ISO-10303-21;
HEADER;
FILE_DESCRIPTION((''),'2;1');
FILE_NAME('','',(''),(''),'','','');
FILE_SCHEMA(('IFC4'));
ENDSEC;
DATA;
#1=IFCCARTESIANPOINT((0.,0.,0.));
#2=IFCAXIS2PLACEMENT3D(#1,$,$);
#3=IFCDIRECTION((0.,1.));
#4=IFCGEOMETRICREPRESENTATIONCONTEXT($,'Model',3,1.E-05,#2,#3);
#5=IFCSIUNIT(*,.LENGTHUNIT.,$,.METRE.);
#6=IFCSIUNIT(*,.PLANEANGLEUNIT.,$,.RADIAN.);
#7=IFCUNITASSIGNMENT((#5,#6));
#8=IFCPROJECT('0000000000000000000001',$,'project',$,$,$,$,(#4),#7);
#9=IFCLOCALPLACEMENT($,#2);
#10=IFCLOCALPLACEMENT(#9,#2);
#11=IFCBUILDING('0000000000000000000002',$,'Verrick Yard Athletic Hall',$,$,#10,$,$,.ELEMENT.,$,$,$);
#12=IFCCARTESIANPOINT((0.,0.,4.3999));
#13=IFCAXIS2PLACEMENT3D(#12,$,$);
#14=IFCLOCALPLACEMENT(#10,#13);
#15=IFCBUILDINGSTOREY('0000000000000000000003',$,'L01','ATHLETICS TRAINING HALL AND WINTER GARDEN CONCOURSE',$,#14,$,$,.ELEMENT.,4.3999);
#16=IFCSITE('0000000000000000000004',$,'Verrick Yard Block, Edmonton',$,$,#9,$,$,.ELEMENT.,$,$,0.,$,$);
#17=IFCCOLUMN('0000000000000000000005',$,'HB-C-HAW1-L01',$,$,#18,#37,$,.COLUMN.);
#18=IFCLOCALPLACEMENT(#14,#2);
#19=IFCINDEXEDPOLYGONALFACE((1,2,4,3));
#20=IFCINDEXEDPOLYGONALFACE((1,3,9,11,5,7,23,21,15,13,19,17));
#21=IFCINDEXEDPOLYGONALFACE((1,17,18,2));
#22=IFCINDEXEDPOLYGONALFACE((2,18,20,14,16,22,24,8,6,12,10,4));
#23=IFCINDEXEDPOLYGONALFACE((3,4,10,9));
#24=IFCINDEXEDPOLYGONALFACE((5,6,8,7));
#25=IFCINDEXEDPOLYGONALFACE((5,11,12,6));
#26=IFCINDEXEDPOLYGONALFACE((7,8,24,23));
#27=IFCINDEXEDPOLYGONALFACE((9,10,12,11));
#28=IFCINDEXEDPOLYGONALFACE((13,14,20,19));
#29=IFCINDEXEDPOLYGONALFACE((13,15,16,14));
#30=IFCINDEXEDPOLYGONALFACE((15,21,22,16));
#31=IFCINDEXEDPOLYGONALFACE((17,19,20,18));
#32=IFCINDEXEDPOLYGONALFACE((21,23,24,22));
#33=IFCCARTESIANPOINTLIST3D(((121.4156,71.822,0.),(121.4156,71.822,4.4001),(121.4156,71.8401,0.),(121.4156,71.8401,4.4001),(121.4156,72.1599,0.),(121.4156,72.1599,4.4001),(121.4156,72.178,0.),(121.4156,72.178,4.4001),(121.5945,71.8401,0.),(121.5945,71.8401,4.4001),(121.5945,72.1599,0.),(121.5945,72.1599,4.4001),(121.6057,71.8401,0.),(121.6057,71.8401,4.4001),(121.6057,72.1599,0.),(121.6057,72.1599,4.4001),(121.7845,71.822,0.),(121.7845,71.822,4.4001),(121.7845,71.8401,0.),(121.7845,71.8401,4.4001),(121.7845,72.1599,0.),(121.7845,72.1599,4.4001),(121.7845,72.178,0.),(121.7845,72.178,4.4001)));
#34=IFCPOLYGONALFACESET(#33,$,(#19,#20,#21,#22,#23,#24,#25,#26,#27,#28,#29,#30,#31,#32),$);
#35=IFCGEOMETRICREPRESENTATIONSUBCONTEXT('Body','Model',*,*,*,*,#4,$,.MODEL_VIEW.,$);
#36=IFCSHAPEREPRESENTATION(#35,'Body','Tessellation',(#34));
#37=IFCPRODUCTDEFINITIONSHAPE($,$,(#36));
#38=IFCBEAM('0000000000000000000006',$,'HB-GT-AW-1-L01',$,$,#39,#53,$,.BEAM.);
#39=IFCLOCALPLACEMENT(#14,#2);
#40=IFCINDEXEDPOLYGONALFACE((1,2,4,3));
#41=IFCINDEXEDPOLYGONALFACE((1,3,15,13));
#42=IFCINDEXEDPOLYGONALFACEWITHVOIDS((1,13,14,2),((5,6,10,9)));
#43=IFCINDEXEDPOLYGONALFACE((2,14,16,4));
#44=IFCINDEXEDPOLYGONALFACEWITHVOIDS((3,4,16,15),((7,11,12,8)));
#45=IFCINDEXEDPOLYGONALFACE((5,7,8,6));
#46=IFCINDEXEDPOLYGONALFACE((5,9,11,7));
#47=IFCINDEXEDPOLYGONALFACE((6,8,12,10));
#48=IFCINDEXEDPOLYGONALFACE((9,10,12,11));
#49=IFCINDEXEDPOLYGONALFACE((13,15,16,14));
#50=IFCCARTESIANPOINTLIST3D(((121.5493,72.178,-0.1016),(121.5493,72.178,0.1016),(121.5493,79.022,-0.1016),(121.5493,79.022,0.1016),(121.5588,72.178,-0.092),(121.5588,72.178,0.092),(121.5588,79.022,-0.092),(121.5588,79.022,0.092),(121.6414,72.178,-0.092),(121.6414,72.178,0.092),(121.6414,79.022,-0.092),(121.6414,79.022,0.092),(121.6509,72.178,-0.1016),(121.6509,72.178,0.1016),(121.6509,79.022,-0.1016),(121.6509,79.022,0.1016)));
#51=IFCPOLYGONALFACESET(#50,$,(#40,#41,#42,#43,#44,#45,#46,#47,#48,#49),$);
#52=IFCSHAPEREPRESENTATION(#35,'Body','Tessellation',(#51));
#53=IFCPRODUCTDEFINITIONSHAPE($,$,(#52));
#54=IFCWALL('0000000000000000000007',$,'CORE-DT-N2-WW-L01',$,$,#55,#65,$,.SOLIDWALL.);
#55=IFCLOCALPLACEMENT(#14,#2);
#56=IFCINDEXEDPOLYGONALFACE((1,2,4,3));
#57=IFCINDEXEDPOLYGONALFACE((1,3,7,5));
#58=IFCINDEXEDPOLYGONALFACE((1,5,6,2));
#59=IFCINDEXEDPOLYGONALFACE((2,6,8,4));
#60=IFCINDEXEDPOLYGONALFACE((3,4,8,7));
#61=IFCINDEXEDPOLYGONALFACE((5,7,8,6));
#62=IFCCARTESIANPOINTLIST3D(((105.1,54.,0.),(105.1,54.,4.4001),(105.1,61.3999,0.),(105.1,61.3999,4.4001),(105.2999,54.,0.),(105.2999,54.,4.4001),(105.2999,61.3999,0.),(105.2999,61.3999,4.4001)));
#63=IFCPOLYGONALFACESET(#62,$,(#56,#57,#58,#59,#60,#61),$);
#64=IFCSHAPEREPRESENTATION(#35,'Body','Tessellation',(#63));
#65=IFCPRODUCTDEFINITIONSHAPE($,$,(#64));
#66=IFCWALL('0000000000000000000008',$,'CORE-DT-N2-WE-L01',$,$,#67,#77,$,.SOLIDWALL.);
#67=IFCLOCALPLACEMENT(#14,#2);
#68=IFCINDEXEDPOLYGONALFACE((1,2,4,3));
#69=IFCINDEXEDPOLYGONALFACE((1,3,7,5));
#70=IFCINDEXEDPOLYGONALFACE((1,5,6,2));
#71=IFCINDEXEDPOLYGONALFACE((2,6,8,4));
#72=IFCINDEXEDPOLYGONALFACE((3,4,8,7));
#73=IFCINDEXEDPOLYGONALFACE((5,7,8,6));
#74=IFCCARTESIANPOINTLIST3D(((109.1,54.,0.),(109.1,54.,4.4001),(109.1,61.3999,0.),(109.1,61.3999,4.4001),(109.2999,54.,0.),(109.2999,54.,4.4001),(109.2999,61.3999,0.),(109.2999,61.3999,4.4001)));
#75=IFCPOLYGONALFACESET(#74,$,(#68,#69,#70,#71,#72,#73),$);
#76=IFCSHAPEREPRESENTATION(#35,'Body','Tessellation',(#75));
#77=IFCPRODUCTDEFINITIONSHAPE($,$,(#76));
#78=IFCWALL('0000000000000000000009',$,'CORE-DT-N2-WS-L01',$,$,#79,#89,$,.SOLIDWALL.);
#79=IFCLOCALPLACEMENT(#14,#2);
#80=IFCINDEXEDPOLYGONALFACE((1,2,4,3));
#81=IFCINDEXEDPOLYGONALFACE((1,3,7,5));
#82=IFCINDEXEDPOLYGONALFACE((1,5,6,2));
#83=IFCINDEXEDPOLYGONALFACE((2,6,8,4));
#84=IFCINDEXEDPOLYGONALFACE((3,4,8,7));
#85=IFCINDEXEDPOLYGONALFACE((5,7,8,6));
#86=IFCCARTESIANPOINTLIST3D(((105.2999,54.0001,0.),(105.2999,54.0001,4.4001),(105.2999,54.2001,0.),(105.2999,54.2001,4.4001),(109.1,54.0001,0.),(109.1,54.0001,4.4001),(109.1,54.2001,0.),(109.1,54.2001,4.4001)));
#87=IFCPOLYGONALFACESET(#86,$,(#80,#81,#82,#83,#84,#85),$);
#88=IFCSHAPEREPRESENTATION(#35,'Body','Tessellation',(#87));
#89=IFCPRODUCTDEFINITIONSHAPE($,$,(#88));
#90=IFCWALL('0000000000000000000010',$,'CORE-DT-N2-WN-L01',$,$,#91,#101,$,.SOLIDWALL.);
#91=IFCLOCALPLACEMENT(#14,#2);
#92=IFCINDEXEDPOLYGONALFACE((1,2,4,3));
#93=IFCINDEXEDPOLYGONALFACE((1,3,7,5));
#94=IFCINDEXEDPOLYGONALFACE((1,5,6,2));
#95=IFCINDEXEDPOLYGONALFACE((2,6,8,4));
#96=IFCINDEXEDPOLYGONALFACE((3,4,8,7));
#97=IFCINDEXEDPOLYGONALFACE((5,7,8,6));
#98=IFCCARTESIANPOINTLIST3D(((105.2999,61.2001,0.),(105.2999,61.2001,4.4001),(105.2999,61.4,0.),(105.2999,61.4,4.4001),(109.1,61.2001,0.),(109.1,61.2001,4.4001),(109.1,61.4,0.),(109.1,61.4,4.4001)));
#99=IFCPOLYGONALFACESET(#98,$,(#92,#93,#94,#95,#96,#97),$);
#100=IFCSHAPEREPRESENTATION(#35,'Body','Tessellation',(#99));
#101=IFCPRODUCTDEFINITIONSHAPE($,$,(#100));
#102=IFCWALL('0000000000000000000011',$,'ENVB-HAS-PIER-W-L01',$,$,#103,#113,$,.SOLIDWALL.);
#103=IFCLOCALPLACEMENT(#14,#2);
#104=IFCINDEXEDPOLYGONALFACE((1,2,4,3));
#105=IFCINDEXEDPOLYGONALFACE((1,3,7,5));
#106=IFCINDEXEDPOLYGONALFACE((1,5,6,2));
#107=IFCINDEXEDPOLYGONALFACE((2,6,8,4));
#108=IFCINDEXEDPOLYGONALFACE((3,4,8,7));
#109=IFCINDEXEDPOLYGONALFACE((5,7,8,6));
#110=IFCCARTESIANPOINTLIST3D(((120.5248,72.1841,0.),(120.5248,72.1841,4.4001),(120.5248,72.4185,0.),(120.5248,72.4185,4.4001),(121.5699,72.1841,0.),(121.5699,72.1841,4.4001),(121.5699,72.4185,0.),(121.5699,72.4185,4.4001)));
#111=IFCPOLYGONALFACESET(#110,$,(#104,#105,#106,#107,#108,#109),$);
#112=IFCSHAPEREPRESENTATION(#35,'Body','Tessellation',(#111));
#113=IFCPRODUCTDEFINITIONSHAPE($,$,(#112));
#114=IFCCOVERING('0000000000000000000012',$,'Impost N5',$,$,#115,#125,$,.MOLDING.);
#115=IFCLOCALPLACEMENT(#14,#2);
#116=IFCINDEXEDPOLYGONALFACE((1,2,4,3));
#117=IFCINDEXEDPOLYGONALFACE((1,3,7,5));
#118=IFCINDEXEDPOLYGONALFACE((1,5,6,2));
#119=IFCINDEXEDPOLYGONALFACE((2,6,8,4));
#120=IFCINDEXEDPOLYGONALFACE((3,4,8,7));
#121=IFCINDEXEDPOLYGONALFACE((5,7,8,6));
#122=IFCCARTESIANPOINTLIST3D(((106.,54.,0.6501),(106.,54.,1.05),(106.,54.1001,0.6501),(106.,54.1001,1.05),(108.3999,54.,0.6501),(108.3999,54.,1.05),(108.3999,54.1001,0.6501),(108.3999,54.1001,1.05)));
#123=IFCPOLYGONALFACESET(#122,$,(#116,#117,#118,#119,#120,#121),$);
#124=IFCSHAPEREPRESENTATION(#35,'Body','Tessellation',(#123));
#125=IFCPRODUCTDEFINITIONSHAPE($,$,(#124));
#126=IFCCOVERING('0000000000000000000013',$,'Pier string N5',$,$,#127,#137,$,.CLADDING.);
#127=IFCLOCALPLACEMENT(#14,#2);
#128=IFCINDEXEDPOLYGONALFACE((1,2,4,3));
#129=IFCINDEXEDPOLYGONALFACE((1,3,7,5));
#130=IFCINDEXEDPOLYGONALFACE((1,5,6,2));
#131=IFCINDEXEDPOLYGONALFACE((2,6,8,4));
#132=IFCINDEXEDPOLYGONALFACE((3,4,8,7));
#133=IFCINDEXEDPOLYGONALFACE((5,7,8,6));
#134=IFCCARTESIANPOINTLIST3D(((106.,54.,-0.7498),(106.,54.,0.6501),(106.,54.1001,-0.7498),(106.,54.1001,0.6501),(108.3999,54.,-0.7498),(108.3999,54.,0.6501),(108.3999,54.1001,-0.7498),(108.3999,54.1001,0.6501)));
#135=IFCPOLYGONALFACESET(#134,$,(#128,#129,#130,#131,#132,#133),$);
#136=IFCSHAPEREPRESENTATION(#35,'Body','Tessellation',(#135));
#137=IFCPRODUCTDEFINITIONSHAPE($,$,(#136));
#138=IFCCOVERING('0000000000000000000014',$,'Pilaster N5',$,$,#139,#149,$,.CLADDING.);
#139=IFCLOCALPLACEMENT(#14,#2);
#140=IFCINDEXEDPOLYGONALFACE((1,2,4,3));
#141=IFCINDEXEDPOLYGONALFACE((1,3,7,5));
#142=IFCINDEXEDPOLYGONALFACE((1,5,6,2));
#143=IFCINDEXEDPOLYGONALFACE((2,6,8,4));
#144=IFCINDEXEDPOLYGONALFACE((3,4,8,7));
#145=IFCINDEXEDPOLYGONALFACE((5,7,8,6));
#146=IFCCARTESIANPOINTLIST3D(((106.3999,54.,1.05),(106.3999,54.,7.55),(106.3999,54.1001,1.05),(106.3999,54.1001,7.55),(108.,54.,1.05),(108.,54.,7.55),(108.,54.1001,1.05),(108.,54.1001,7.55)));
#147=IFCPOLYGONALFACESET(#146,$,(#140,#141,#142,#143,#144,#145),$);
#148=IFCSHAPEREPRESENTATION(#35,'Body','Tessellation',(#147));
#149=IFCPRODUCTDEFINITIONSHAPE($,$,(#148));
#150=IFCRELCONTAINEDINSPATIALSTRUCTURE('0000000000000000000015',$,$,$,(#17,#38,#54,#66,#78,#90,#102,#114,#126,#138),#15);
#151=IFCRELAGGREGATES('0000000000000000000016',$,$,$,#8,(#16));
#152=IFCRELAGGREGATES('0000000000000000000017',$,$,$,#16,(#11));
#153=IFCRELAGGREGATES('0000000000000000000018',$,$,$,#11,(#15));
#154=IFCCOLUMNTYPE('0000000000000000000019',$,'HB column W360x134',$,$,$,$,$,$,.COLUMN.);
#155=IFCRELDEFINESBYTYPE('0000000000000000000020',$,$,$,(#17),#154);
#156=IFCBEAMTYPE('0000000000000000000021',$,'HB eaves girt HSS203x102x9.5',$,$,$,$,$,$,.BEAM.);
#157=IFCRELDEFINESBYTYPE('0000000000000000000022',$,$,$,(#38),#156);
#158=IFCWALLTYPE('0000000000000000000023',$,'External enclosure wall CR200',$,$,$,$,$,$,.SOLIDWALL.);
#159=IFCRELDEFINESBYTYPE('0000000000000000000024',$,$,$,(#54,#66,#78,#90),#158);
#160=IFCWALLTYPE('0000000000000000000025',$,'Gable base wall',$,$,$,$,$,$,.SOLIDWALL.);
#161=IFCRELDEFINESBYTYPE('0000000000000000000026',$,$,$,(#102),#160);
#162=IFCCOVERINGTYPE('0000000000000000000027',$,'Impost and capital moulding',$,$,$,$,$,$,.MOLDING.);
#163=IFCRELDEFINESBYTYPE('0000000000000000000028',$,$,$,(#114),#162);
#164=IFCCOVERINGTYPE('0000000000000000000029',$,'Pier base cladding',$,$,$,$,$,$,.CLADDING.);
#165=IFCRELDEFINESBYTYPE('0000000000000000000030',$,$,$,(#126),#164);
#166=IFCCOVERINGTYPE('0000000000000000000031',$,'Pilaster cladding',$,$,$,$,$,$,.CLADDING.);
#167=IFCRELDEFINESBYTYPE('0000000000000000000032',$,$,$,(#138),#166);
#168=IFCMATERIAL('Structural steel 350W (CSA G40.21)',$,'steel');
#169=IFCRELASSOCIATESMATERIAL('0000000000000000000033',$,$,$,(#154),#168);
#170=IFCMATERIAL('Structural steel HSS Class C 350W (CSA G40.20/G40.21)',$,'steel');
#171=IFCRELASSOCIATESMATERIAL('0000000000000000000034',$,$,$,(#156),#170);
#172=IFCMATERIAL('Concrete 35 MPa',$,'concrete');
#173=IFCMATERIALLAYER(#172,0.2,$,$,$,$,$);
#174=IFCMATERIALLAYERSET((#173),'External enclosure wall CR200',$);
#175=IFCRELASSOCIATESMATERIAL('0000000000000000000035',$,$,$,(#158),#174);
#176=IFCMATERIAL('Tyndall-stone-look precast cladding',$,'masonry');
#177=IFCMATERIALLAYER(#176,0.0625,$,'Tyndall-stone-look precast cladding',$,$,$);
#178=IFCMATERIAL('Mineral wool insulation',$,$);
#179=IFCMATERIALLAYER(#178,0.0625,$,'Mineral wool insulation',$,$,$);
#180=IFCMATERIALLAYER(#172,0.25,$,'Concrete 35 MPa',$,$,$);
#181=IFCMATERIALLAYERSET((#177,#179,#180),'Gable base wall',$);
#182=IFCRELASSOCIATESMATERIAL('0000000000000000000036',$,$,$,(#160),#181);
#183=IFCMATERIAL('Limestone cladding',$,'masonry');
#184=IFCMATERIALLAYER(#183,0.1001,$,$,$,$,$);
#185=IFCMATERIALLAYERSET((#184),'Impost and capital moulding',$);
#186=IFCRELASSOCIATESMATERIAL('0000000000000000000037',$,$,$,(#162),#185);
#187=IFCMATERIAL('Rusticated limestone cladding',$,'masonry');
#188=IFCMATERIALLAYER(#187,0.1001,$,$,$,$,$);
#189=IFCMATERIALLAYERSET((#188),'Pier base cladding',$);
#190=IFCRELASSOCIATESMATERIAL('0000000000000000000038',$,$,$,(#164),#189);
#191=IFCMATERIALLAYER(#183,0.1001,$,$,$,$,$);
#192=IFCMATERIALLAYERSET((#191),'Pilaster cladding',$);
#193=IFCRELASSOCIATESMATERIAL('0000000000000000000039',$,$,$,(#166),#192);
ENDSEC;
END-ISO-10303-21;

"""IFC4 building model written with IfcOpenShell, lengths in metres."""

from ifc_helpers import new_model, si_unit, direction, frame, frame_2d, origin, origin_2d, place, context, subcontext, project, spatial, rectangle, hollow_rectangle, i_section, extrude, material, layer, layer_set, material_profile, profile_set, type_object, element, save


model = new_model("IFC4")

# Units and contexts
model_context = context("Model", 3, precision=1e-05, world=origin(), true_north=direction((0.0, 1.0)))
body_context = subcontext(model_context, "Body", "Model", "MODEL_VIEW")
ifc_project = project(units=[si_unit("LENGTHUNIT", "METRE"), si_unit("PLANEANGLEUNIT", "RADIAN")], contexts=[model_context])

# Site, building, storey
site_placement = place(None, origin())
site = spatial("IfcSite", under=ifc_project, at=site_placement, Name="Verrick Yard Block, Edmonton", CompositionType="ELEMENT", RefElevation=0.0)
building_placement = place(site_placement, origin())
building = spatial("IfcBuilding", under=site, at=building_placement, Name="Verrick Yard Athletic Hall", CompositionType="ELEMENT")
storey_placement = place(building_placement, frame((0.0, 0.0, 4.3999)))
storey = spatial("IfcBuildingStorey", under=building, at=storey_placement, Name="L01", Description="ATHLETICS TRAINING HALL AND WINTER GARDEN CONCOURSE", CompositionType="ELEMENT", Elevation=4.3999)

# Column
ifc_material_1 = material(Name="Structural steel 350W (CSA G40.21)", Category="steel")
ifc_material_profile_1 = material_profile(ifc_material_1, i_section(OverallWidth=0.3689, OverallDepth=0.356, WebThickness=0.0112, FlangeThickness=0.0181, at=origin_2d()), Name="W360x134")
ifc_profile_set_1 = profile_set([ifc_material_profile_1], Name="Structural steel 350W (CSA G40.21)")
column_type = type_object("IfcColumnType", Name="HB column W360x134", PredefinedType="COLUMN", material=ifc_profile_set_1)
column_placement = place(storey_placement, frame((121.6001, 72.0, 0.0), z_axis=(0.0, 0.0, 1.0), x_axis=(1.0, 0.0, 0.0)))
element("IfcColumn", 1, at=column_placement, inside=storey, type_object=column_type, Name="HB-C-HAW1-L01", PredefinedType="COLUMN", context=body_context, shape_type="SweptSolid", body=[
    extrude(i_section(OverallWidth=0.3689, OverallDepth=0.356, WebThickness=0.0112, FlangeThickness=0.0181, at=origin_2d()), origin(), (0.0, 0.0, 1.0), 4.4001),
])

# Beam
ifc_material_2 = material(Name="Structural steel HSS Class C 350W (CSA G40.20/G40.21)", Category="steel")
ifc_material_profile_2 = material_profile(ifc_material_2, hollow_rectangle(XDim=0.1016, YDim=0.2031, WallThickness=0.0095, at=origin_2d()), Name="HSS203x102x9.5")
ifc_profile_set_2 = profile_set([ifc_material_profile_2], Name="Structural steel HSS Class C 350W (CSA G40.20/G40.21)")
beam_type = type_object("IfcBeamType", Name="HB eaves girt HSS203x102x9.5", PredefinedType="BEAM", material=ifc_profile_set_2)
beam_placement = place(storey_placement, frame((121.6001, 72.178, 0.0), z_axis=(0.0, 1.0, 0.0), x_axis=(-1.0, 0.0, 0.0)))
element("IfcBeam", 2, at=beam_placement, inside=storey, type_object=beam_type, Name="HB-GT-AW-1-L01", PredefinedType="BEAM", context=body_context, shape_type="SweptSolid", body=[
    extrude(hollow_rectangle(XDim=0.1016, YDim=0.2031, WallThickness=0.0095, at=origin_2d()), origin(), (0.0, 0.0, 1.0), 6.844),
])

# Walls
ifc_material_3 = material(Name="Concrete 35 MPa", Category="concrete")
ifc_layer_1 = layer(ifc_material_3, 0.2)
ifc_layer_set_1 = layer_set([ifc_layer_1], Name="External enclosure wall CR200")
wall_type_1 = type_object("IfcWallType", Name="External enclosure wall CR200", PredefinedType="SOLIDWALL", material=ifc_layer_set_1)
for number, where, z_axis, x_axis, name in (
    (3, (105.2, 54.0, 0.0), (0.0, 0.0, 1.0), (0.0, 1.0, 0.0), "CORE-DT-N2-WW-L01"),
    (4, (109.2, 61.3999, 0.0), (0.0, 0.0, 1.0), (0.0, -1.0, 0.0), "CORE-DT-N2-WE-L01"),
):
    element("IfcWall", number, at=place(storey_placement, frame(where, z_axis=z_axis, x_axis=x_axis)), inside=storey, type_object=wall_type_1, Name=name, PredefinedType="SOLIDWALL", context=body_context, shape_type="SweptSolid", body=[
        extrude(rectangle(XDim=7.3999, YDim=0.2, at=frame_2d((3.7, 0.0))), origin(), (0.0, 0.0, 1.0), 4.4001),
    ])
for number, where, z_axis, x_axis, name in (
    (5, (105.3, 54.1001, 0.0), (0.0, 0.0, 1.0), (1.0, 0.0, 0.0), "CORE-DT-N2-WS-L01"),
    (6, (105.3, 61.3, 0.0), (0.0, 0.0, 1.0), (1.0, 0.0, 0.0), "CORE-DT-N2-WN-L01"),
):
    element("IfcWall", number, at=place(storey_placement, frame(where, z_axis=z_axis, x_axis=x_axis)), inside=storey, type_object=wall_type_1, Name=name, PredefinedType="SOLIDWALL", context=body_context, shape_type="SweptSolid", body=[
        extrude(rectangle(XDim=3.8, YDim=0.2, at=frame_2d((1.8999, 0.0))), origin(), (0.0, 0.0, 1.0), 4.4001),
    ])
ifc_material_4 = material(Name="Tyndall-stone-look precast cladding", Category="masonry")
ifc_layer_2 = layer(ifc_material_4, 0.0625, Name="Tyndall-stone-look precast cladding")
ifc_material_5 = material(Name="Mineral wool insulation")
ifc_layer_3 = layer(ifc_material_5, 0.0625, Name="Mineral wool insulation")
ifc_layer_4 = layer(ifc_material_3, 0.25, Name="Concrete 35 MPa")
ifc_layer_set_2 = layer_set([ifc_layer_2, ifc_layer_3, ifc_layer_4], Name="Gable base wall")
wall_type_2 = type_object("IfcWallType", Name="Gable base wall", PredefinedType="SOLIDWALL", material=ifc_layer_set_2)
wall_placement = place(storey_placement, frame((120.5249, 72.3013, 0.0), z_axis=(0.0, 0.0, 1.0), x_axis=(1.0, 0.0, 0.0)))
element("IfcWall", 7, at=wall_placement, inside=storey, type_object=wall_type_2, Name="ENVB-HAS-PIER-W-L01", PredefinedType="SOLIDWALL", context=body_context, shape_type="SweptSolid", body=[
    extrude(rectangle(XDim=1.0452, YDim=0.2344, at=frame_2d((0.5225, 0.0))), origin(), (0.0, 0.0, 1.0), 4.4001),
])

# Coverings
ifc_material_6 = material(Name="Limestone cladding", Category="masonry")
ifc_layer_5 = layer(ifc_material_6, 0.1001)
ifc_layer_set_3 = layer_set([ifc_layer_5], Name="Impost and capital moulding")
covering_type_1 = type_object("IfcCoveringType", Name="Impost and capital moulding", PredefinedType="MOLDING", material=ifc_layer_set_3)
covering_1_placement = place(storey_placement, frame((107.2, 54.05, 0.6501), z_axis=(0.0, 0.0, 1.0), x_axis=(1.0, 0.0, 0.0)))
element("IfcCovering", 8, at=covering_1_placement, inside=storey, type_object=covering_type_1, Name="Impost N5", PredefinedType="MOLDING", context=body_context, shape_type="SweptSolid", body=[
    extrude(rectangle(XDim=2.3999, YDim=0.1001, at=origin_2d()), origin(), (0.0, 0.0, 1.0), 0.3999),
])
ifc_material_7 = material(Name="Rusticated limestone cladding", Category="masonry")
ifc_layer_6 = layer(ifc_material_7, 0.1001)
ifc_layer_set_4 = layer_set([ifc_layer_6], Name="Pier base cladding")
covering_type_2 = type_object("IfcCoveringType", Name="Pier base cladding", PredefinedType="CLADDING", material=ifc_layer_set_4)
covering_2_placement = place(storey_placement, frame((107.2, 54.05, -0.7498), z_axis=(0.0, 0.0, 1.0), x_axis=(1.0, 0.0, 0.0)))
element("IfcCovering", 9, at=covering_2_placement, inside=storey, type_object=covering_type_2, Name="Pier string N5", PredefinedType="CLADDING", context=body_context, shape_type="SweptSolid", body=[
    extrude(rectangle(XDim=2.3999, YDim=0.1001, at=origin_2d()), origin(), (0.0, 0.0, 1.0), 1.3999),
])
ifc_layer_7 = layer(ifc_material_6, 0.1001)
ifc_layer_set_5 = layer_set([ifc_layer_7], Name="Pilaster cladding")
covering_type_3 = type_object("IfcCoveringType", Name="Pilaster cladding", PredefinedType="CLADDING", material=ifc_layer_set_5)
covering_3_placement = place(storey_placement, frame((107.2, 54.05, 1.05), z_axis=(0.0, 0.0, 1.0), x_axis=(1.0, 0.0, 0.0)))
element("IfcCovering", 10, at=covering_3_placement, inside=storey, type_object=covering_type_3, Name="Pilaster N5", PredefinedType="CLADDING", context=body_context, shape_type="SweptSolid", body=[
    extrude(rectangle(XDim=1.6001, YDim=0.1001, at=origin_2d()), origin(), (0.0, 0.0, 1.0), 6.5),
])

save(model, "model.ifc")
